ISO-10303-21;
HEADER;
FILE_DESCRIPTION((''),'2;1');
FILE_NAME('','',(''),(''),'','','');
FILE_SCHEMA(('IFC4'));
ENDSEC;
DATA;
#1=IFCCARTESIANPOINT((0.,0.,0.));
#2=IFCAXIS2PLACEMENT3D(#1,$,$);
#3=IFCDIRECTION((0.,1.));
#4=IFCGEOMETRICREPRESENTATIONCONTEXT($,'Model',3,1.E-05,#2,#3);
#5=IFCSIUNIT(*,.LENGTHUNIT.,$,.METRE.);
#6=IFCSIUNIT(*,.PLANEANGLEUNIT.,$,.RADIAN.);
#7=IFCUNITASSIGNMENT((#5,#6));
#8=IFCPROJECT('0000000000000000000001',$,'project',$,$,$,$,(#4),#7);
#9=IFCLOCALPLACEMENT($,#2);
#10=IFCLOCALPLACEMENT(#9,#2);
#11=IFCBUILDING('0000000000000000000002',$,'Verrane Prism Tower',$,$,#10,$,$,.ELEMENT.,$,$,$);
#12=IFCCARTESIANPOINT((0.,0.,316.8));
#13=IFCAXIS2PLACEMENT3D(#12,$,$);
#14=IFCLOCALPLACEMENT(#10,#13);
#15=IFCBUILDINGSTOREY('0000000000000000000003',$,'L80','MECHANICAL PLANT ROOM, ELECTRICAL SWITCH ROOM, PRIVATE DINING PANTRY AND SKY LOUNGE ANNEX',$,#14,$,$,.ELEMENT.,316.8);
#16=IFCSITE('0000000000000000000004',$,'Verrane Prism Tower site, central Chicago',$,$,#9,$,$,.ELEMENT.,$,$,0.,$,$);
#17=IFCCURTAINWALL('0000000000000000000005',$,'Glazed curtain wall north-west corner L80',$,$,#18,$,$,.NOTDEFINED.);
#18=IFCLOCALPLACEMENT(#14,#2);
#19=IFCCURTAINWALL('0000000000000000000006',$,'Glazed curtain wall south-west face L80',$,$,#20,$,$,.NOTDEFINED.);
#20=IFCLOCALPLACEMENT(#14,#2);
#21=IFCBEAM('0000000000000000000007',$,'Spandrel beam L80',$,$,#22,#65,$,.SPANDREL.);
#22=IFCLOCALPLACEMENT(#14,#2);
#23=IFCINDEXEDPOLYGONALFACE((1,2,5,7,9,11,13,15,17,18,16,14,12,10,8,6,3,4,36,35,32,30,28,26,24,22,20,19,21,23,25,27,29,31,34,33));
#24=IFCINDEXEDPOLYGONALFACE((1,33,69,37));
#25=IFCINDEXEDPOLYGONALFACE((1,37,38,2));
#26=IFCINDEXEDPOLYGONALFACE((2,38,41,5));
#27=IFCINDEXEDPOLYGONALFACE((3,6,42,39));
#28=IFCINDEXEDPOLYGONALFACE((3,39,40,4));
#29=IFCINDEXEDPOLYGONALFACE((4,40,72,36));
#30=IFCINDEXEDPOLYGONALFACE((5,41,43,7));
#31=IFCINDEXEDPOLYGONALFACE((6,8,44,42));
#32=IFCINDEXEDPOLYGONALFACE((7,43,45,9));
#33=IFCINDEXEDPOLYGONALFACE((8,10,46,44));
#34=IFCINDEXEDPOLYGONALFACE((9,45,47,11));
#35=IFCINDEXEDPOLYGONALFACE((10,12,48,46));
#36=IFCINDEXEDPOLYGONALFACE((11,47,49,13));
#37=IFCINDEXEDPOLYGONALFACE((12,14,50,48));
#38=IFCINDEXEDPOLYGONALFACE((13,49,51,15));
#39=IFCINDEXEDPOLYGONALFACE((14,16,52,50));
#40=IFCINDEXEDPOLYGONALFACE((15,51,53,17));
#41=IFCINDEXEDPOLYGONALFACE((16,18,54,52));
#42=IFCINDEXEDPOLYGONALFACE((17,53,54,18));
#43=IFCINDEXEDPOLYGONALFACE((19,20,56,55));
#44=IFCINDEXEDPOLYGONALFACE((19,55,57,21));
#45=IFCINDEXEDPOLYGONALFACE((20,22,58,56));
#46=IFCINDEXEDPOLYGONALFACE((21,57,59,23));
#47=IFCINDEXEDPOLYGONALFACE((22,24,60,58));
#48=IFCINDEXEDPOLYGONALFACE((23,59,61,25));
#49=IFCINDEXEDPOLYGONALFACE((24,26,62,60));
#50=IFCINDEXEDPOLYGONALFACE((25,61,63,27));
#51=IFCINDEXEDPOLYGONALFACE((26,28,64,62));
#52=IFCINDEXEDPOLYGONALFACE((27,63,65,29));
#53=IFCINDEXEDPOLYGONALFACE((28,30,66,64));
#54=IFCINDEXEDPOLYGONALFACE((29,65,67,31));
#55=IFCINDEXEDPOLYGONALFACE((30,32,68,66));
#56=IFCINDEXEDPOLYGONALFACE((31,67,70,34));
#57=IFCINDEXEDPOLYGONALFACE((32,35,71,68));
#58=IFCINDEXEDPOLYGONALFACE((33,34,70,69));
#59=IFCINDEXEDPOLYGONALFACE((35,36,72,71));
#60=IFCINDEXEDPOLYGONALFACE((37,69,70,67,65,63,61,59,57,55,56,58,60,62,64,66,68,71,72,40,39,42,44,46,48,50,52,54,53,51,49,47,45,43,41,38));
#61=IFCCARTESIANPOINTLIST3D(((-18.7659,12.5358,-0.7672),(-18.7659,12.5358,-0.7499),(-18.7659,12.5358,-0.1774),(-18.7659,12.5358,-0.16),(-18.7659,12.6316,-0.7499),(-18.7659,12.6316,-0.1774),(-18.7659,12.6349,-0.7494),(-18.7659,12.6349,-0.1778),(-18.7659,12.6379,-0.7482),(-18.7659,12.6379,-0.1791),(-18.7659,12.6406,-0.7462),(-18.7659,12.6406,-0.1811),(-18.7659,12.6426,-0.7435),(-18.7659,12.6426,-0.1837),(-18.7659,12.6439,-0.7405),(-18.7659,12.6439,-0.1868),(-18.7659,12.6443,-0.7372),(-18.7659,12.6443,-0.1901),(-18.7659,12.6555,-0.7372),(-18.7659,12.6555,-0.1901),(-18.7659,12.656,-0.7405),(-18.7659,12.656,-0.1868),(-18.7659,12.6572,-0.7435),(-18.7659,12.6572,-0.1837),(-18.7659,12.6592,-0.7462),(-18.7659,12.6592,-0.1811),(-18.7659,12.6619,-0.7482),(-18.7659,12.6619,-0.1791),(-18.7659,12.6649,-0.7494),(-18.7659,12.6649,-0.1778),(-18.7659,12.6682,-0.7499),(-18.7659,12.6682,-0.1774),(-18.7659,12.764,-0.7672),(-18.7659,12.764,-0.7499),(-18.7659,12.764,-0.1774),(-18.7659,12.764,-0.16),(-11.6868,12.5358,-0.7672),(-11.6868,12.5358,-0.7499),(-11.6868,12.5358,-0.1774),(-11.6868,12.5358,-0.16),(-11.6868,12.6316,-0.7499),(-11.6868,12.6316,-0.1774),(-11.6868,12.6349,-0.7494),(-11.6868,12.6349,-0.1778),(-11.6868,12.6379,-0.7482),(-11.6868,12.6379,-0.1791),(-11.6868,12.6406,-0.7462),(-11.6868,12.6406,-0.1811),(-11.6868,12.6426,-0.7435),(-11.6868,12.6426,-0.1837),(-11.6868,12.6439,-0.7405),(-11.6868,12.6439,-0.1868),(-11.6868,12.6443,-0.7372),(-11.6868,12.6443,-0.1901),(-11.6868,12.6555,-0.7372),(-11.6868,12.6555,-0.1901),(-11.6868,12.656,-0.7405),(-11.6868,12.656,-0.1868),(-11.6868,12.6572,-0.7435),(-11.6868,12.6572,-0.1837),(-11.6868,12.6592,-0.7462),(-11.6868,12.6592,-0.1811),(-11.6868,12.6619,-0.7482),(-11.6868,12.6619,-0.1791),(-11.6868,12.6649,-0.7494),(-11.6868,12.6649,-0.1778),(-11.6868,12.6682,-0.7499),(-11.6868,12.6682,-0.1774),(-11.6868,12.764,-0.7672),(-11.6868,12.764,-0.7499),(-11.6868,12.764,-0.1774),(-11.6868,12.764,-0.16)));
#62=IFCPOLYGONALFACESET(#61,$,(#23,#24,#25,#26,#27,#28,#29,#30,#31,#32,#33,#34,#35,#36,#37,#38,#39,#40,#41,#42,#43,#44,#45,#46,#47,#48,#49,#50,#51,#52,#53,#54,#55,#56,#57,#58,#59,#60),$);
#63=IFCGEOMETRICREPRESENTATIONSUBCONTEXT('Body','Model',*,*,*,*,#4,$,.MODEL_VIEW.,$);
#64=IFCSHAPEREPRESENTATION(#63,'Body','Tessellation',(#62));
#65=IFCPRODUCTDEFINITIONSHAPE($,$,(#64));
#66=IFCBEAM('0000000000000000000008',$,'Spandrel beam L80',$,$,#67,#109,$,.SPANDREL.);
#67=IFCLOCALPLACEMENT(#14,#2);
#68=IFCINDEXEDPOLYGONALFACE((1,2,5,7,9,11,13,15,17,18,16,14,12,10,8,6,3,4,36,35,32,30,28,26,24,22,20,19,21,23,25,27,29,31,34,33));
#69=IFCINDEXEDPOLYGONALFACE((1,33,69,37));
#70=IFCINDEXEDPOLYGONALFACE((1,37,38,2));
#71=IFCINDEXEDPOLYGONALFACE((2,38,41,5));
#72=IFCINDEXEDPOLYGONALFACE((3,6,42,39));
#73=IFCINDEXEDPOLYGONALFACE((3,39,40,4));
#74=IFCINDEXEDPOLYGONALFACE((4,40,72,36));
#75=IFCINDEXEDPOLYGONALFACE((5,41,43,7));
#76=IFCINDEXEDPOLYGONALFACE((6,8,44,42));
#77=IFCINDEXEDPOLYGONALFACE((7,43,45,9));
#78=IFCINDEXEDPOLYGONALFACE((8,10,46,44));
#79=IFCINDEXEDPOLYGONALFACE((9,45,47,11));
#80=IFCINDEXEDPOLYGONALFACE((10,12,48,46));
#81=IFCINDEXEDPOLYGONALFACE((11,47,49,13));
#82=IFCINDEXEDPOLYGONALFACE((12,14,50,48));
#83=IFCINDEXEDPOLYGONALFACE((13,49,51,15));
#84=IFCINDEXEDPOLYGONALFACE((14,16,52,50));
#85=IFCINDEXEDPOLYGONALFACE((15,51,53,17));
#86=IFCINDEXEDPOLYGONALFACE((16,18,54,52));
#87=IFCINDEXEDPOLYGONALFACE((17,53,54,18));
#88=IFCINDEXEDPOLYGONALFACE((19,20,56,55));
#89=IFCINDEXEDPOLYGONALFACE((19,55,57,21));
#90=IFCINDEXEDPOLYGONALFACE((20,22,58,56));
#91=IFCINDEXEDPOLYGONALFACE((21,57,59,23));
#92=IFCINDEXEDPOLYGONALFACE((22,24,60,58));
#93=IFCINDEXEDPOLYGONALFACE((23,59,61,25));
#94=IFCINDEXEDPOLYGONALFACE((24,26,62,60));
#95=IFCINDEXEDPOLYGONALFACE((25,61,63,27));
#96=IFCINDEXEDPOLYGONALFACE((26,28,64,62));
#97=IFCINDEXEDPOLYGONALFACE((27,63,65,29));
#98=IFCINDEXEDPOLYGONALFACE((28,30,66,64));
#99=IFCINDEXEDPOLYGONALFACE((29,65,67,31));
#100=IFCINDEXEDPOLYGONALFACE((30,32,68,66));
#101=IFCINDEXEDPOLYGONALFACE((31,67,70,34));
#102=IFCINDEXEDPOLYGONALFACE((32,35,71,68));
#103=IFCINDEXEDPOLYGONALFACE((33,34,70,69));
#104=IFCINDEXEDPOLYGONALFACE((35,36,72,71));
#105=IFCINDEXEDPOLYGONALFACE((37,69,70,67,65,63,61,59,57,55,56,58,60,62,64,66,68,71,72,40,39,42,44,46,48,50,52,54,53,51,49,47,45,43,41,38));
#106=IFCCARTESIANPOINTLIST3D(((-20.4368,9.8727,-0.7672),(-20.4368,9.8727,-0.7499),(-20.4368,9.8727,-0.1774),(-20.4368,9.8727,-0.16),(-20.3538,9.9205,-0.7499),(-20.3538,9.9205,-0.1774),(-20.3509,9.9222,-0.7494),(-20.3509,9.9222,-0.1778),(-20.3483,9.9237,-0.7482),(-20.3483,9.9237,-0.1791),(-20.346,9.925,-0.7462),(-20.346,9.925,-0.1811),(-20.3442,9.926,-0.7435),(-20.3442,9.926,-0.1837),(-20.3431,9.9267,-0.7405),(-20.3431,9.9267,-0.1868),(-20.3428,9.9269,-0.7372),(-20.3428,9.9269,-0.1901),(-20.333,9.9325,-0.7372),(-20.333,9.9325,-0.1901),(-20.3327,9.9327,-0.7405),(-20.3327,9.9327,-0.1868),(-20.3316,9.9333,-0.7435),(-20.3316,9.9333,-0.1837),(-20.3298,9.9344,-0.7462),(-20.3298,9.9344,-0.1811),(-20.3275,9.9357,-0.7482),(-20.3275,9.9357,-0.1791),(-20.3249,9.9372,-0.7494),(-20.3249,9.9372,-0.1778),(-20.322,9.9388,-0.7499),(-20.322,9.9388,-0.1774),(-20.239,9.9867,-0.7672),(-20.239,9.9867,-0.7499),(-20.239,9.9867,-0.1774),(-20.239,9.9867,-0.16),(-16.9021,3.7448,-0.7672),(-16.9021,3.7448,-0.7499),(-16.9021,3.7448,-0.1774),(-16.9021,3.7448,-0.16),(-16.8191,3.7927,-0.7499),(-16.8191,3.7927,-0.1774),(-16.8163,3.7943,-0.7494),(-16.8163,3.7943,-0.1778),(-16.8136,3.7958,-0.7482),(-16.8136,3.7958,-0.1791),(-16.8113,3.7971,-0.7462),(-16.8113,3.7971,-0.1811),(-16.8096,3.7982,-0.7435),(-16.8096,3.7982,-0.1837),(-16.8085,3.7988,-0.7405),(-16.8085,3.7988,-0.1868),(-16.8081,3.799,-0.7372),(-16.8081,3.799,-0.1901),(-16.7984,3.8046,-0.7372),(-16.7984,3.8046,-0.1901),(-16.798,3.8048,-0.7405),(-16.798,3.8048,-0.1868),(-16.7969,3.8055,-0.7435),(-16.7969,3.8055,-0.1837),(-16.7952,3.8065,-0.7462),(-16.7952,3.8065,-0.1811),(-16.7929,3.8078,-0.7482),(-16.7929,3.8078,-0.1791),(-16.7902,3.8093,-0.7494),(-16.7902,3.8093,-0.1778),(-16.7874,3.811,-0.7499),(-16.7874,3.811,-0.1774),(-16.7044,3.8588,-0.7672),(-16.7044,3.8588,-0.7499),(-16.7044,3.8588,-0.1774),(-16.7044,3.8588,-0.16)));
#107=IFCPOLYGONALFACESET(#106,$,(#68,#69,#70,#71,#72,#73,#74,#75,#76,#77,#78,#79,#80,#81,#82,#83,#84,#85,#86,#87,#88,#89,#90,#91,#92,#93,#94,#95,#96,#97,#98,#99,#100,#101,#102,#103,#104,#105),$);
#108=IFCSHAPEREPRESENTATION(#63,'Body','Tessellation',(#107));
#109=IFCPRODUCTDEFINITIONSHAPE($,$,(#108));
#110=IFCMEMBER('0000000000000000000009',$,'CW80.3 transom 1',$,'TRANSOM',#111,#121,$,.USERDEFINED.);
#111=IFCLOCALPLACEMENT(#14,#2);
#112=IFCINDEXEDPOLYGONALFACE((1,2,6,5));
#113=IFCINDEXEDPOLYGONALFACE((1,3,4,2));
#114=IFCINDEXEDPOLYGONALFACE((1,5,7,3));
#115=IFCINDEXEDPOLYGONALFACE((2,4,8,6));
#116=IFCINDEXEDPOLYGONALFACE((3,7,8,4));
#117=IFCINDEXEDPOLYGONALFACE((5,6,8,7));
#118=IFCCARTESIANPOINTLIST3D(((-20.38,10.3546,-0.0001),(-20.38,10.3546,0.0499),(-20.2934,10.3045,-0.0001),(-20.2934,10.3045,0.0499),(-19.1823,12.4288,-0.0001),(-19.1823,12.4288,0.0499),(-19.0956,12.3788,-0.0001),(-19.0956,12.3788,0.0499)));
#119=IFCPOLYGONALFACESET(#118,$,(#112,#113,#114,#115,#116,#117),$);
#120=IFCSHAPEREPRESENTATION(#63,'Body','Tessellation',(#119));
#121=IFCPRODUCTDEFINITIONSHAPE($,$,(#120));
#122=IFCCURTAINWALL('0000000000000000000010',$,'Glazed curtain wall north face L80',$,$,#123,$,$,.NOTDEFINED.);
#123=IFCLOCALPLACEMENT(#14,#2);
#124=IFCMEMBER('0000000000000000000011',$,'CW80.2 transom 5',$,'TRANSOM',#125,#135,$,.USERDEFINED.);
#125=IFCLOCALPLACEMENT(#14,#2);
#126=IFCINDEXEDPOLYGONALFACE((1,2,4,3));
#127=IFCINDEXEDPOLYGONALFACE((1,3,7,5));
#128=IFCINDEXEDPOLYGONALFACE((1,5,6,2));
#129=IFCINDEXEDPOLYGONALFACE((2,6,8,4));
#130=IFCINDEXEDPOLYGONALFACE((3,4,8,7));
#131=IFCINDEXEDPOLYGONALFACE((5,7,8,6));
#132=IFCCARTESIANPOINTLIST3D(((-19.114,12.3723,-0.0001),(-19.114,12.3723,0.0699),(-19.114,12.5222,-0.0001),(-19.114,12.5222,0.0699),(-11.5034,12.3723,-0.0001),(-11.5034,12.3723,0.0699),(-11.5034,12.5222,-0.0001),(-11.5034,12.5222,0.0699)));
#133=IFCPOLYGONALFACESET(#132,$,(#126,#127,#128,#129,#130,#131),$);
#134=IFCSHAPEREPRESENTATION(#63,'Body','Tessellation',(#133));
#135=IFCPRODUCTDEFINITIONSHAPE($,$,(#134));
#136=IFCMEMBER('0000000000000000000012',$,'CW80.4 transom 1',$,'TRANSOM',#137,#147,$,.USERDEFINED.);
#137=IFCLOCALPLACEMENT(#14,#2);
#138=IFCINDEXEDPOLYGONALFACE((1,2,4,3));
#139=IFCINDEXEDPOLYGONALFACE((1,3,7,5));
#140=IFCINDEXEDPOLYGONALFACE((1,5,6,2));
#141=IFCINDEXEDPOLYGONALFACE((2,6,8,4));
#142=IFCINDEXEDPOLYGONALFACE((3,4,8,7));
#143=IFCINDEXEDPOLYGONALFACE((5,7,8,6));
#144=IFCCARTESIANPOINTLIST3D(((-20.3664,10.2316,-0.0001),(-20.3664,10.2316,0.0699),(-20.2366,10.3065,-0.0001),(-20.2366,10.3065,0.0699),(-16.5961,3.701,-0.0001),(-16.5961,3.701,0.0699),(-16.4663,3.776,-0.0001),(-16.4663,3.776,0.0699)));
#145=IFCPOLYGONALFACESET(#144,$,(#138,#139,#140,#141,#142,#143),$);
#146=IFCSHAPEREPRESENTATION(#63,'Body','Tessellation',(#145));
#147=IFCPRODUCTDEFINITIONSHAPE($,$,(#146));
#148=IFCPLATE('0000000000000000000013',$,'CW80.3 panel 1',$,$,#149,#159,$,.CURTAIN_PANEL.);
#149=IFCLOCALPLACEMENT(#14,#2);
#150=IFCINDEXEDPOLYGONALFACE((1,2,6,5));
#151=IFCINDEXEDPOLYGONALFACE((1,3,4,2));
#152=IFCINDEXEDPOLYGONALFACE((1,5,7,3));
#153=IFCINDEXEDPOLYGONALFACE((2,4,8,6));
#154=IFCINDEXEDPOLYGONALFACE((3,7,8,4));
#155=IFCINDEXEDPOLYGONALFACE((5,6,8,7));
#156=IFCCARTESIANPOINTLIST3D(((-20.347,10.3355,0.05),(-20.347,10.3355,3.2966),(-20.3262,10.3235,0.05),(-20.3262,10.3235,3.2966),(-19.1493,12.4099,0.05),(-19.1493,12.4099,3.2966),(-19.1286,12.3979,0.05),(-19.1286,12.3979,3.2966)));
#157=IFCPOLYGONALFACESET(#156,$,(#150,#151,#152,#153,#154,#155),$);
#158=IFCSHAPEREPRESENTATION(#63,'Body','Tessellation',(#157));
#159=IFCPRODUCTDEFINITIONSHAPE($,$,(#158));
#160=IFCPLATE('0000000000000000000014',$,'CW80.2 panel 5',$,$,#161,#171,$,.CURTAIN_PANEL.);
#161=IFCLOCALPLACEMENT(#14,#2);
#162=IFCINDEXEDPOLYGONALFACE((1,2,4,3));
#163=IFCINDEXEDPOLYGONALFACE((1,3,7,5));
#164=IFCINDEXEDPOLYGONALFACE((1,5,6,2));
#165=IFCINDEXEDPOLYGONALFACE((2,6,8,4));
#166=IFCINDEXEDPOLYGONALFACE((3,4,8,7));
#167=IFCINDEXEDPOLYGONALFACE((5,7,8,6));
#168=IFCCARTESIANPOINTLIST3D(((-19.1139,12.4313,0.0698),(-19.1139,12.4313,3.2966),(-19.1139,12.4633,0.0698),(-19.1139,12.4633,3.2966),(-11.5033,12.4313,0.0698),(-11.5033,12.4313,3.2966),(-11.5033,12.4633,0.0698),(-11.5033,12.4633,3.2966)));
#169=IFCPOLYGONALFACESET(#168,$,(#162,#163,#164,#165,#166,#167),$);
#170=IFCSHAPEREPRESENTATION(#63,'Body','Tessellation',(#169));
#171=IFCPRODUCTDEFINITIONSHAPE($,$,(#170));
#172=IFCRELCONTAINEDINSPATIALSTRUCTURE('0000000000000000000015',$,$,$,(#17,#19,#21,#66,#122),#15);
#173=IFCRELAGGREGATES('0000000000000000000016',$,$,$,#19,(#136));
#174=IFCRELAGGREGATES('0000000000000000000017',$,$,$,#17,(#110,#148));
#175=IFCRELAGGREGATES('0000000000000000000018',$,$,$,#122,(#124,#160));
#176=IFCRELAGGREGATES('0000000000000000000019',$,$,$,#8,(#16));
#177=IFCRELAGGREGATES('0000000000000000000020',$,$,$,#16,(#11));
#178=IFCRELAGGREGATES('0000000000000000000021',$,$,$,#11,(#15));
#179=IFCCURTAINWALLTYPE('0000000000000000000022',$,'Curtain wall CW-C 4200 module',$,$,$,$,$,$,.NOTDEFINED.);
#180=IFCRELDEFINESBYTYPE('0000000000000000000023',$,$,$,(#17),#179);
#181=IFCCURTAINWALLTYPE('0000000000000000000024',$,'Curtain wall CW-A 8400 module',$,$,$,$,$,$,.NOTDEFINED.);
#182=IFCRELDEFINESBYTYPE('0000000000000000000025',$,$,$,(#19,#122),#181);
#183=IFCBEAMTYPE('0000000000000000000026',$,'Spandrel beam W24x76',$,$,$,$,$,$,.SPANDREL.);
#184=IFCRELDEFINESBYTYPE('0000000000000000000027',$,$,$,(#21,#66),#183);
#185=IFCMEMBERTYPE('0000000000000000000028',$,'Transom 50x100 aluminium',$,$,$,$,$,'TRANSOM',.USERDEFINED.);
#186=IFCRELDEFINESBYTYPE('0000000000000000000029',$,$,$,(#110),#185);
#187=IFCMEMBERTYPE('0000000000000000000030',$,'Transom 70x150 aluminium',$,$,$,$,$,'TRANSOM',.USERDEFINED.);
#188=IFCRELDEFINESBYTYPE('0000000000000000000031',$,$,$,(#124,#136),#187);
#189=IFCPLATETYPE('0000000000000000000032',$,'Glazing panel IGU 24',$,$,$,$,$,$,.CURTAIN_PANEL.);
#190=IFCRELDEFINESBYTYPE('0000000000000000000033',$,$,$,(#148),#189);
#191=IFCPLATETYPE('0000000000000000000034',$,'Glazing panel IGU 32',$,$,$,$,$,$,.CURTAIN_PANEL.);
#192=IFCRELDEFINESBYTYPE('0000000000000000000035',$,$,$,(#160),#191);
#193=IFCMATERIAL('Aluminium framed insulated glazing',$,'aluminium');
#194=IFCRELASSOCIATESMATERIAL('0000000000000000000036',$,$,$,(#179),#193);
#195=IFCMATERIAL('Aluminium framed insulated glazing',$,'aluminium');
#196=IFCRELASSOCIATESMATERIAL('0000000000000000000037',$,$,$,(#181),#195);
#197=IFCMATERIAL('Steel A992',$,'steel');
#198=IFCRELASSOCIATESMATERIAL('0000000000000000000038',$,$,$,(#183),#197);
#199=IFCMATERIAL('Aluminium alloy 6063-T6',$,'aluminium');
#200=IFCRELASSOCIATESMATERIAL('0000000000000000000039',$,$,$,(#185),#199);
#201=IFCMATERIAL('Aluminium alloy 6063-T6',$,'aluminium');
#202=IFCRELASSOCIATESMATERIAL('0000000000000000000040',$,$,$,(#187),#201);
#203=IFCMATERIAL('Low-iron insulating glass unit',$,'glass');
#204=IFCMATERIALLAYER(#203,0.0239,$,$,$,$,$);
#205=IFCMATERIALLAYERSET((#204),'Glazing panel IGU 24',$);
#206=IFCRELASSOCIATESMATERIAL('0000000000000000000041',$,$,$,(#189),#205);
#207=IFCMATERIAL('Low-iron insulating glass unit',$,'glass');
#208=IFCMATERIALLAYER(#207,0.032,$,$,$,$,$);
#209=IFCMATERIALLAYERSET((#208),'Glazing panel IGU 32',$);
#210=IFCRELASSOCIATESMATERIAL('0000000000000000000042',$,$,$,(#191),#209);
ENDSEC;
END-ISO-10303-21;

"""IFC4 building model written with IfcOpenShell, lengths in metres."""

from ifc_helpers import new_model, si_unit, direction, frame, origin, origin_2d, place, context, subcontext, project, spatial, rectangle, i_section, extrude, material, layer, layer_set, material_profile, profile_set, type_object, element, aggregate, save


model = new_model("IFC4")

# Units and contexts
model_context = context("Model", 3, precision=1e-05, world=origin(), true_north=direction((0.0, 1.0)))
body_context = subcontext(model_context, "Body", "Model", "MODEL_VIEW")
ifc_project = project(units=[si_unit("LENGTHUNIT", "METRE"), si_unit("PLANEANGLEUNIT", "RADIAN")], contexts=[model_context])

# Site, building, storey
site_placement = place(None, origin())
site = spatial("IfcSite", under=ifc_project, at=site_placement, Name="Verrane Prism Tower site, central Chicago", CompositionType="ELEMENT", RefElevation=0.0)
building_placement = place(site_placement, origin())
building = spatial("IfcBuilding", under=site, at=building_placement, Name="Verrane Prism Tower", CompositionType="ELEMENT")
storey_placement = place(building_placement, frame((0.0, 0.0, 316.8)))
storey = spatial("IfcBuildingStorey", under=building, at=storey_placement, Name="L80", Description="MECHANICAL PLANT ROOM, ELECTRICAL SWITCH ROOM, PRIVATE DINING PANTRY AND SKY LOUNGE ANNEX", CompositionType="ELEMENT", Elevation=316.8)

# Curtain walls
ifc_material_1 = material(Name="Aluminium framed insulated glazing", Category="aluminium")
curtain_wall_type_1 = type_object("IfcCurtainWallType", Name="Curtain wall CW-C 4200 module", PredefinedType="NOTDEFINED", material=ifc_material_1)
curtain_wall_1_placement = place(storey_placement, origin())
curtain_wall_1 = element("IfcCurtainWall", 1, at=curtain_wall_1_placement, inside=storey, type_object=curtain_wall_type_1, Name="Glazed curtain wall north-west corner L80", PredefinedType="NOTDEFINED")
ifc_material_2 = material(Name="Aluminium framed insulated glazing", Category="aluminium")
curtain_wall_type_2 = type_object("IfcCurtainWallType", Name="Curtain wall CW-A 8400 module", PredefinedType="NOTDEFINED", material=ifc_material_2)
curtain_wall_2_placement = place(storey_placement, origin())
curtain_wall_2 = element("IfcCurtainWall", 2, at=curtain_wall_2_placement, inside=storey, type_object=curtain_wall_type_2, Name="Glazed curtain wall south-west face L80", PredefinedType="NOTDEFINED")

# Beams
ifc_material_3 = material(Name="Steel A992", Category="steel")
ifc_material_profile_1 = material_profile(ifc_material_3, i_section(OverallWidth=0.2283, OverallDepth=0.6072, WebThickness=0.0112, FlangeThickness=0.0173, FilletRadius=0.0127, at=origin_2d()), Name="W24x76")
ifc_profile_set_1 = profile_set([ifc_material_profile_1], Name="Steel A992")
beam_type_1 = type_object("IfcBeamType", Name="Spandrel beam W24x76", PredefinedType="SPANDREL", material=ifc_profile_set_1)
beam_1_placement = place(storey_placement, frame((-11.6868, 12.6499, -0.4636), z_axis=(-1.0, 0.0, 0.0), x_axis=(0.0, -1.0, 0.0)))
element("IfcBeam", 3, at=beam_1_placement, inside=storey, type_object=beam_type_1, Name="Spandrel beam L80", PredefinedType="SPANDREL", context=body_context, shape_type="SweptSolid", body=[
    extrude(i_section(OverallWidth=0.2283, OverallDepth=0.6072, WebThickness=0.0112, FlangeThickness=0.0173, FilletRadius=0.0127, at=origin_2d()), origin(), (0.0, 0.0, 1.0), 7.0791),
])
beam_2_placement = place(storey_placement, frame((-20.3379, 9.9297, -0.4636), z_axis=(0.499651, -0.866227, 0.0), x_axis=(0.866227, 0.499651, 0.0)))
element("IfcBeam", 4, at=beam_2_placement, inside=storey, type_object=beam_type_1, Name="Spandrel beam L80", PredefinedType="SPANDREL", context=body_context, shape_type="SweptSolid", body=[
    extrude(i_section(OverallWidth=0.2283, OverallDepth=0.6072, WebThickness=0.0112, FlangeThickness=0.0173, FilletRadius=0.0127, at=origin_2d()), origin(), (0.0, 0.0, 1.0), 7.0742),
])

# Member
ifc_material_4 = material(Name="Aluminium alloy 6063-T6", Category="aluminium")
ifc_material_profile_2 = material_profile(ifc_material_4, rectangle(XDim=0.1001, YDim=0.05, at=origin_2d()), Name="Transom 50x100 aluminium")
ifc_profile_set_2 = profile_set([ifc_material_profile_2], Name="Aluminium alloy 6063-T6")
member_type_1 = type_object("IfcMemberType", Name="Transom 50x100 aluminium", ElementType="TRANSOM", PredefinedType="USERDEFINED", material=ifc_profile_set_2)
member_1_placement = place(storey_placement, frame((-19.1389, 12.4038, 0.0249), z_axis=(-0.500064, -0.865989, 0.0), x_axis=(0.865989, -0.500064, 0.0)))
member_1 = element("IfcMember", 5, at=member_1_placement, type_object=member_type_1, Name="CW80.3 transom 1", ObjectType="TRANSOM", PredefinedType="USERDEFINED", context=body_context, shape_type="SweptSolid", body=[
    extrude(rectangle(XDim=0.1001, YDim=0.05, at=origin_2d()), origin(), (0.0, 0.0, 1.0), 2.3953),
])

# Curtain wall, member
curtain_wall_3_placement = place(storey_placement, origin())
curtain_wall_3 = element("IfcCurtainWall", 6, at=curtain_wall_3_placement, inside=storey, type_object=curtain_wall_type_2, Name="Glazed curtain wall north face L80", PredefinedType="NOTDEFINED")
ifc_material_5 = material(Name="Aluminium alloy 6063-T6", Category="aluminium")
ifc_material_profile_3 = material_profile(ifc_material_5, rectangle(XDim=0.1499, YDim=0.0701, at=origin_2d()), Name="Transom 70x150 aluminium")
ifc_profile_set_3 = profile_set([ifc_material_profile_3], Name="Aluminium alloy 6063-T6")
member_type_2 = type_object("IfcMemberType", Name="Transom 70x150 aluminium", ElementType="TRANSOM", PredefinedType="USERDEFINED", material=ifc_profile_set_3)
member_2_placement = place(storey_placement, frame((-11.5034, 12.4473, 0.0349), z_axis=(-1.0, 0.0, 0.0), x_axis=(0.0, -1.0, 0.0)))
member_2 = element("IfcMember", 7, at=member_2_placement, type_object=member_type_2, Name="CW80.2 transom 5", ObjectType="TRANSOM", PredefinedType="USERDEFINED", context=body_context, shape_type="SweptSolid", body=[
    extrude(rectangle(XDim=0.1499, YDim=0.0701, at=origin_2d()), origin(), (0.0, 0.0, 1.0), 7.6106),
])

# Member
member_3_placement = place(storey_placement, frame((-20.3015, 10.269, 0.0349), z_axis=(0.499987, -0.866033, 0.0), x_axis=(0.866033, 0.499987, 0.0)))
member_3 = element("IfcMember", 8, at=member_3_placement, type_object=member_type_2, Name="CW80.4 transom 1", ObjectType="TRANSOM", PredefinedType="USERDEFINED", context=body_context, shape_type="SweptSolid", body=[
    extrude(rectangle(XDim=0.1499, YDim=0.0701, at=origin_2d()), origin(), (0.0, 0.0, 1.0), 7.5408),
])
aggregate(curtain_wall_2, [member_3])

# Plates
ifc_material_6 = material(Name="Low-iron insulating glass unit", Category="glass")
ifc_layer_1 = layer(ifc_material_6, 0.0239)
ifc_layer_set_1 = layer_set([ifc_layer_1], Name="Glazing panel IGU 24")
plate_type_1 = type_object("IfcPlateType", Name="Glazing panel IGU 24", PredefinedType="CURTAIN_PANEL", material=ifc_layer_set_1)
plate_1_placement = place(storey_placement, frame((-19.7378, 11.3667, 0.05), z_axis=(0.0, 0.0, 1.0), x_axis=(-0.500001, -0.866025, 0.0)))
plate_1 = element("IfcPlate", 9, at=plate_1_placement, type_object=plate_type_1, Name="CW80.3 panel 1", PredefinedType="CURTAIN_PANEL", context=body_context, shape_type="SweptSolid", body=[
    extrude(rectangle(XDim=2.3953, YDim=0.0239, at=origin_2d()), origin(), (0.0, 0.0, 1.0), 3.2466),
])
aggregate(curtain_wall_1, [member_1, plate_1])
ifc_material_7 = material(Name="Low-iron insulating glass unit", Category="glass")
ifc_layer_2 = layer(ifc_material_7, 0.032)
ifc_layer_set_2 = layer_set([ifc_layer_2], Name="Glazing panel IGU 32")
plate_type_2 = type_object("IfcPlateType", Name="Glazing panel IGU 32", PredefinedType="CURTAIN_PANEL", material=ifc_layer_set_2)
plate_2_placement = place(storey_placement, frame((-15.3086, 12.4473, 0.0698), z_axis=(0.0, 0.0, 1.0), x_axis=(-1.0, 0.0, 0.0)))
plate_2 = element("IfcPlate", 10, at=plate_2_placement, type_object=plate_type_2, Name="CW80.2 panel 5", PredefinedType="CURTAIN_PANEL", context=body_context, shape_type="SweptSolid", body=[
    extrude(rectangle(XDim=7.6106, YDim=0.032, at=origin_2d()), origin(), (0.0, 0.0, 1.0), 3.2268),
])
aggregate(curtain_wall_3, [member_2, plate_2])

save(model, "model.ifc")
